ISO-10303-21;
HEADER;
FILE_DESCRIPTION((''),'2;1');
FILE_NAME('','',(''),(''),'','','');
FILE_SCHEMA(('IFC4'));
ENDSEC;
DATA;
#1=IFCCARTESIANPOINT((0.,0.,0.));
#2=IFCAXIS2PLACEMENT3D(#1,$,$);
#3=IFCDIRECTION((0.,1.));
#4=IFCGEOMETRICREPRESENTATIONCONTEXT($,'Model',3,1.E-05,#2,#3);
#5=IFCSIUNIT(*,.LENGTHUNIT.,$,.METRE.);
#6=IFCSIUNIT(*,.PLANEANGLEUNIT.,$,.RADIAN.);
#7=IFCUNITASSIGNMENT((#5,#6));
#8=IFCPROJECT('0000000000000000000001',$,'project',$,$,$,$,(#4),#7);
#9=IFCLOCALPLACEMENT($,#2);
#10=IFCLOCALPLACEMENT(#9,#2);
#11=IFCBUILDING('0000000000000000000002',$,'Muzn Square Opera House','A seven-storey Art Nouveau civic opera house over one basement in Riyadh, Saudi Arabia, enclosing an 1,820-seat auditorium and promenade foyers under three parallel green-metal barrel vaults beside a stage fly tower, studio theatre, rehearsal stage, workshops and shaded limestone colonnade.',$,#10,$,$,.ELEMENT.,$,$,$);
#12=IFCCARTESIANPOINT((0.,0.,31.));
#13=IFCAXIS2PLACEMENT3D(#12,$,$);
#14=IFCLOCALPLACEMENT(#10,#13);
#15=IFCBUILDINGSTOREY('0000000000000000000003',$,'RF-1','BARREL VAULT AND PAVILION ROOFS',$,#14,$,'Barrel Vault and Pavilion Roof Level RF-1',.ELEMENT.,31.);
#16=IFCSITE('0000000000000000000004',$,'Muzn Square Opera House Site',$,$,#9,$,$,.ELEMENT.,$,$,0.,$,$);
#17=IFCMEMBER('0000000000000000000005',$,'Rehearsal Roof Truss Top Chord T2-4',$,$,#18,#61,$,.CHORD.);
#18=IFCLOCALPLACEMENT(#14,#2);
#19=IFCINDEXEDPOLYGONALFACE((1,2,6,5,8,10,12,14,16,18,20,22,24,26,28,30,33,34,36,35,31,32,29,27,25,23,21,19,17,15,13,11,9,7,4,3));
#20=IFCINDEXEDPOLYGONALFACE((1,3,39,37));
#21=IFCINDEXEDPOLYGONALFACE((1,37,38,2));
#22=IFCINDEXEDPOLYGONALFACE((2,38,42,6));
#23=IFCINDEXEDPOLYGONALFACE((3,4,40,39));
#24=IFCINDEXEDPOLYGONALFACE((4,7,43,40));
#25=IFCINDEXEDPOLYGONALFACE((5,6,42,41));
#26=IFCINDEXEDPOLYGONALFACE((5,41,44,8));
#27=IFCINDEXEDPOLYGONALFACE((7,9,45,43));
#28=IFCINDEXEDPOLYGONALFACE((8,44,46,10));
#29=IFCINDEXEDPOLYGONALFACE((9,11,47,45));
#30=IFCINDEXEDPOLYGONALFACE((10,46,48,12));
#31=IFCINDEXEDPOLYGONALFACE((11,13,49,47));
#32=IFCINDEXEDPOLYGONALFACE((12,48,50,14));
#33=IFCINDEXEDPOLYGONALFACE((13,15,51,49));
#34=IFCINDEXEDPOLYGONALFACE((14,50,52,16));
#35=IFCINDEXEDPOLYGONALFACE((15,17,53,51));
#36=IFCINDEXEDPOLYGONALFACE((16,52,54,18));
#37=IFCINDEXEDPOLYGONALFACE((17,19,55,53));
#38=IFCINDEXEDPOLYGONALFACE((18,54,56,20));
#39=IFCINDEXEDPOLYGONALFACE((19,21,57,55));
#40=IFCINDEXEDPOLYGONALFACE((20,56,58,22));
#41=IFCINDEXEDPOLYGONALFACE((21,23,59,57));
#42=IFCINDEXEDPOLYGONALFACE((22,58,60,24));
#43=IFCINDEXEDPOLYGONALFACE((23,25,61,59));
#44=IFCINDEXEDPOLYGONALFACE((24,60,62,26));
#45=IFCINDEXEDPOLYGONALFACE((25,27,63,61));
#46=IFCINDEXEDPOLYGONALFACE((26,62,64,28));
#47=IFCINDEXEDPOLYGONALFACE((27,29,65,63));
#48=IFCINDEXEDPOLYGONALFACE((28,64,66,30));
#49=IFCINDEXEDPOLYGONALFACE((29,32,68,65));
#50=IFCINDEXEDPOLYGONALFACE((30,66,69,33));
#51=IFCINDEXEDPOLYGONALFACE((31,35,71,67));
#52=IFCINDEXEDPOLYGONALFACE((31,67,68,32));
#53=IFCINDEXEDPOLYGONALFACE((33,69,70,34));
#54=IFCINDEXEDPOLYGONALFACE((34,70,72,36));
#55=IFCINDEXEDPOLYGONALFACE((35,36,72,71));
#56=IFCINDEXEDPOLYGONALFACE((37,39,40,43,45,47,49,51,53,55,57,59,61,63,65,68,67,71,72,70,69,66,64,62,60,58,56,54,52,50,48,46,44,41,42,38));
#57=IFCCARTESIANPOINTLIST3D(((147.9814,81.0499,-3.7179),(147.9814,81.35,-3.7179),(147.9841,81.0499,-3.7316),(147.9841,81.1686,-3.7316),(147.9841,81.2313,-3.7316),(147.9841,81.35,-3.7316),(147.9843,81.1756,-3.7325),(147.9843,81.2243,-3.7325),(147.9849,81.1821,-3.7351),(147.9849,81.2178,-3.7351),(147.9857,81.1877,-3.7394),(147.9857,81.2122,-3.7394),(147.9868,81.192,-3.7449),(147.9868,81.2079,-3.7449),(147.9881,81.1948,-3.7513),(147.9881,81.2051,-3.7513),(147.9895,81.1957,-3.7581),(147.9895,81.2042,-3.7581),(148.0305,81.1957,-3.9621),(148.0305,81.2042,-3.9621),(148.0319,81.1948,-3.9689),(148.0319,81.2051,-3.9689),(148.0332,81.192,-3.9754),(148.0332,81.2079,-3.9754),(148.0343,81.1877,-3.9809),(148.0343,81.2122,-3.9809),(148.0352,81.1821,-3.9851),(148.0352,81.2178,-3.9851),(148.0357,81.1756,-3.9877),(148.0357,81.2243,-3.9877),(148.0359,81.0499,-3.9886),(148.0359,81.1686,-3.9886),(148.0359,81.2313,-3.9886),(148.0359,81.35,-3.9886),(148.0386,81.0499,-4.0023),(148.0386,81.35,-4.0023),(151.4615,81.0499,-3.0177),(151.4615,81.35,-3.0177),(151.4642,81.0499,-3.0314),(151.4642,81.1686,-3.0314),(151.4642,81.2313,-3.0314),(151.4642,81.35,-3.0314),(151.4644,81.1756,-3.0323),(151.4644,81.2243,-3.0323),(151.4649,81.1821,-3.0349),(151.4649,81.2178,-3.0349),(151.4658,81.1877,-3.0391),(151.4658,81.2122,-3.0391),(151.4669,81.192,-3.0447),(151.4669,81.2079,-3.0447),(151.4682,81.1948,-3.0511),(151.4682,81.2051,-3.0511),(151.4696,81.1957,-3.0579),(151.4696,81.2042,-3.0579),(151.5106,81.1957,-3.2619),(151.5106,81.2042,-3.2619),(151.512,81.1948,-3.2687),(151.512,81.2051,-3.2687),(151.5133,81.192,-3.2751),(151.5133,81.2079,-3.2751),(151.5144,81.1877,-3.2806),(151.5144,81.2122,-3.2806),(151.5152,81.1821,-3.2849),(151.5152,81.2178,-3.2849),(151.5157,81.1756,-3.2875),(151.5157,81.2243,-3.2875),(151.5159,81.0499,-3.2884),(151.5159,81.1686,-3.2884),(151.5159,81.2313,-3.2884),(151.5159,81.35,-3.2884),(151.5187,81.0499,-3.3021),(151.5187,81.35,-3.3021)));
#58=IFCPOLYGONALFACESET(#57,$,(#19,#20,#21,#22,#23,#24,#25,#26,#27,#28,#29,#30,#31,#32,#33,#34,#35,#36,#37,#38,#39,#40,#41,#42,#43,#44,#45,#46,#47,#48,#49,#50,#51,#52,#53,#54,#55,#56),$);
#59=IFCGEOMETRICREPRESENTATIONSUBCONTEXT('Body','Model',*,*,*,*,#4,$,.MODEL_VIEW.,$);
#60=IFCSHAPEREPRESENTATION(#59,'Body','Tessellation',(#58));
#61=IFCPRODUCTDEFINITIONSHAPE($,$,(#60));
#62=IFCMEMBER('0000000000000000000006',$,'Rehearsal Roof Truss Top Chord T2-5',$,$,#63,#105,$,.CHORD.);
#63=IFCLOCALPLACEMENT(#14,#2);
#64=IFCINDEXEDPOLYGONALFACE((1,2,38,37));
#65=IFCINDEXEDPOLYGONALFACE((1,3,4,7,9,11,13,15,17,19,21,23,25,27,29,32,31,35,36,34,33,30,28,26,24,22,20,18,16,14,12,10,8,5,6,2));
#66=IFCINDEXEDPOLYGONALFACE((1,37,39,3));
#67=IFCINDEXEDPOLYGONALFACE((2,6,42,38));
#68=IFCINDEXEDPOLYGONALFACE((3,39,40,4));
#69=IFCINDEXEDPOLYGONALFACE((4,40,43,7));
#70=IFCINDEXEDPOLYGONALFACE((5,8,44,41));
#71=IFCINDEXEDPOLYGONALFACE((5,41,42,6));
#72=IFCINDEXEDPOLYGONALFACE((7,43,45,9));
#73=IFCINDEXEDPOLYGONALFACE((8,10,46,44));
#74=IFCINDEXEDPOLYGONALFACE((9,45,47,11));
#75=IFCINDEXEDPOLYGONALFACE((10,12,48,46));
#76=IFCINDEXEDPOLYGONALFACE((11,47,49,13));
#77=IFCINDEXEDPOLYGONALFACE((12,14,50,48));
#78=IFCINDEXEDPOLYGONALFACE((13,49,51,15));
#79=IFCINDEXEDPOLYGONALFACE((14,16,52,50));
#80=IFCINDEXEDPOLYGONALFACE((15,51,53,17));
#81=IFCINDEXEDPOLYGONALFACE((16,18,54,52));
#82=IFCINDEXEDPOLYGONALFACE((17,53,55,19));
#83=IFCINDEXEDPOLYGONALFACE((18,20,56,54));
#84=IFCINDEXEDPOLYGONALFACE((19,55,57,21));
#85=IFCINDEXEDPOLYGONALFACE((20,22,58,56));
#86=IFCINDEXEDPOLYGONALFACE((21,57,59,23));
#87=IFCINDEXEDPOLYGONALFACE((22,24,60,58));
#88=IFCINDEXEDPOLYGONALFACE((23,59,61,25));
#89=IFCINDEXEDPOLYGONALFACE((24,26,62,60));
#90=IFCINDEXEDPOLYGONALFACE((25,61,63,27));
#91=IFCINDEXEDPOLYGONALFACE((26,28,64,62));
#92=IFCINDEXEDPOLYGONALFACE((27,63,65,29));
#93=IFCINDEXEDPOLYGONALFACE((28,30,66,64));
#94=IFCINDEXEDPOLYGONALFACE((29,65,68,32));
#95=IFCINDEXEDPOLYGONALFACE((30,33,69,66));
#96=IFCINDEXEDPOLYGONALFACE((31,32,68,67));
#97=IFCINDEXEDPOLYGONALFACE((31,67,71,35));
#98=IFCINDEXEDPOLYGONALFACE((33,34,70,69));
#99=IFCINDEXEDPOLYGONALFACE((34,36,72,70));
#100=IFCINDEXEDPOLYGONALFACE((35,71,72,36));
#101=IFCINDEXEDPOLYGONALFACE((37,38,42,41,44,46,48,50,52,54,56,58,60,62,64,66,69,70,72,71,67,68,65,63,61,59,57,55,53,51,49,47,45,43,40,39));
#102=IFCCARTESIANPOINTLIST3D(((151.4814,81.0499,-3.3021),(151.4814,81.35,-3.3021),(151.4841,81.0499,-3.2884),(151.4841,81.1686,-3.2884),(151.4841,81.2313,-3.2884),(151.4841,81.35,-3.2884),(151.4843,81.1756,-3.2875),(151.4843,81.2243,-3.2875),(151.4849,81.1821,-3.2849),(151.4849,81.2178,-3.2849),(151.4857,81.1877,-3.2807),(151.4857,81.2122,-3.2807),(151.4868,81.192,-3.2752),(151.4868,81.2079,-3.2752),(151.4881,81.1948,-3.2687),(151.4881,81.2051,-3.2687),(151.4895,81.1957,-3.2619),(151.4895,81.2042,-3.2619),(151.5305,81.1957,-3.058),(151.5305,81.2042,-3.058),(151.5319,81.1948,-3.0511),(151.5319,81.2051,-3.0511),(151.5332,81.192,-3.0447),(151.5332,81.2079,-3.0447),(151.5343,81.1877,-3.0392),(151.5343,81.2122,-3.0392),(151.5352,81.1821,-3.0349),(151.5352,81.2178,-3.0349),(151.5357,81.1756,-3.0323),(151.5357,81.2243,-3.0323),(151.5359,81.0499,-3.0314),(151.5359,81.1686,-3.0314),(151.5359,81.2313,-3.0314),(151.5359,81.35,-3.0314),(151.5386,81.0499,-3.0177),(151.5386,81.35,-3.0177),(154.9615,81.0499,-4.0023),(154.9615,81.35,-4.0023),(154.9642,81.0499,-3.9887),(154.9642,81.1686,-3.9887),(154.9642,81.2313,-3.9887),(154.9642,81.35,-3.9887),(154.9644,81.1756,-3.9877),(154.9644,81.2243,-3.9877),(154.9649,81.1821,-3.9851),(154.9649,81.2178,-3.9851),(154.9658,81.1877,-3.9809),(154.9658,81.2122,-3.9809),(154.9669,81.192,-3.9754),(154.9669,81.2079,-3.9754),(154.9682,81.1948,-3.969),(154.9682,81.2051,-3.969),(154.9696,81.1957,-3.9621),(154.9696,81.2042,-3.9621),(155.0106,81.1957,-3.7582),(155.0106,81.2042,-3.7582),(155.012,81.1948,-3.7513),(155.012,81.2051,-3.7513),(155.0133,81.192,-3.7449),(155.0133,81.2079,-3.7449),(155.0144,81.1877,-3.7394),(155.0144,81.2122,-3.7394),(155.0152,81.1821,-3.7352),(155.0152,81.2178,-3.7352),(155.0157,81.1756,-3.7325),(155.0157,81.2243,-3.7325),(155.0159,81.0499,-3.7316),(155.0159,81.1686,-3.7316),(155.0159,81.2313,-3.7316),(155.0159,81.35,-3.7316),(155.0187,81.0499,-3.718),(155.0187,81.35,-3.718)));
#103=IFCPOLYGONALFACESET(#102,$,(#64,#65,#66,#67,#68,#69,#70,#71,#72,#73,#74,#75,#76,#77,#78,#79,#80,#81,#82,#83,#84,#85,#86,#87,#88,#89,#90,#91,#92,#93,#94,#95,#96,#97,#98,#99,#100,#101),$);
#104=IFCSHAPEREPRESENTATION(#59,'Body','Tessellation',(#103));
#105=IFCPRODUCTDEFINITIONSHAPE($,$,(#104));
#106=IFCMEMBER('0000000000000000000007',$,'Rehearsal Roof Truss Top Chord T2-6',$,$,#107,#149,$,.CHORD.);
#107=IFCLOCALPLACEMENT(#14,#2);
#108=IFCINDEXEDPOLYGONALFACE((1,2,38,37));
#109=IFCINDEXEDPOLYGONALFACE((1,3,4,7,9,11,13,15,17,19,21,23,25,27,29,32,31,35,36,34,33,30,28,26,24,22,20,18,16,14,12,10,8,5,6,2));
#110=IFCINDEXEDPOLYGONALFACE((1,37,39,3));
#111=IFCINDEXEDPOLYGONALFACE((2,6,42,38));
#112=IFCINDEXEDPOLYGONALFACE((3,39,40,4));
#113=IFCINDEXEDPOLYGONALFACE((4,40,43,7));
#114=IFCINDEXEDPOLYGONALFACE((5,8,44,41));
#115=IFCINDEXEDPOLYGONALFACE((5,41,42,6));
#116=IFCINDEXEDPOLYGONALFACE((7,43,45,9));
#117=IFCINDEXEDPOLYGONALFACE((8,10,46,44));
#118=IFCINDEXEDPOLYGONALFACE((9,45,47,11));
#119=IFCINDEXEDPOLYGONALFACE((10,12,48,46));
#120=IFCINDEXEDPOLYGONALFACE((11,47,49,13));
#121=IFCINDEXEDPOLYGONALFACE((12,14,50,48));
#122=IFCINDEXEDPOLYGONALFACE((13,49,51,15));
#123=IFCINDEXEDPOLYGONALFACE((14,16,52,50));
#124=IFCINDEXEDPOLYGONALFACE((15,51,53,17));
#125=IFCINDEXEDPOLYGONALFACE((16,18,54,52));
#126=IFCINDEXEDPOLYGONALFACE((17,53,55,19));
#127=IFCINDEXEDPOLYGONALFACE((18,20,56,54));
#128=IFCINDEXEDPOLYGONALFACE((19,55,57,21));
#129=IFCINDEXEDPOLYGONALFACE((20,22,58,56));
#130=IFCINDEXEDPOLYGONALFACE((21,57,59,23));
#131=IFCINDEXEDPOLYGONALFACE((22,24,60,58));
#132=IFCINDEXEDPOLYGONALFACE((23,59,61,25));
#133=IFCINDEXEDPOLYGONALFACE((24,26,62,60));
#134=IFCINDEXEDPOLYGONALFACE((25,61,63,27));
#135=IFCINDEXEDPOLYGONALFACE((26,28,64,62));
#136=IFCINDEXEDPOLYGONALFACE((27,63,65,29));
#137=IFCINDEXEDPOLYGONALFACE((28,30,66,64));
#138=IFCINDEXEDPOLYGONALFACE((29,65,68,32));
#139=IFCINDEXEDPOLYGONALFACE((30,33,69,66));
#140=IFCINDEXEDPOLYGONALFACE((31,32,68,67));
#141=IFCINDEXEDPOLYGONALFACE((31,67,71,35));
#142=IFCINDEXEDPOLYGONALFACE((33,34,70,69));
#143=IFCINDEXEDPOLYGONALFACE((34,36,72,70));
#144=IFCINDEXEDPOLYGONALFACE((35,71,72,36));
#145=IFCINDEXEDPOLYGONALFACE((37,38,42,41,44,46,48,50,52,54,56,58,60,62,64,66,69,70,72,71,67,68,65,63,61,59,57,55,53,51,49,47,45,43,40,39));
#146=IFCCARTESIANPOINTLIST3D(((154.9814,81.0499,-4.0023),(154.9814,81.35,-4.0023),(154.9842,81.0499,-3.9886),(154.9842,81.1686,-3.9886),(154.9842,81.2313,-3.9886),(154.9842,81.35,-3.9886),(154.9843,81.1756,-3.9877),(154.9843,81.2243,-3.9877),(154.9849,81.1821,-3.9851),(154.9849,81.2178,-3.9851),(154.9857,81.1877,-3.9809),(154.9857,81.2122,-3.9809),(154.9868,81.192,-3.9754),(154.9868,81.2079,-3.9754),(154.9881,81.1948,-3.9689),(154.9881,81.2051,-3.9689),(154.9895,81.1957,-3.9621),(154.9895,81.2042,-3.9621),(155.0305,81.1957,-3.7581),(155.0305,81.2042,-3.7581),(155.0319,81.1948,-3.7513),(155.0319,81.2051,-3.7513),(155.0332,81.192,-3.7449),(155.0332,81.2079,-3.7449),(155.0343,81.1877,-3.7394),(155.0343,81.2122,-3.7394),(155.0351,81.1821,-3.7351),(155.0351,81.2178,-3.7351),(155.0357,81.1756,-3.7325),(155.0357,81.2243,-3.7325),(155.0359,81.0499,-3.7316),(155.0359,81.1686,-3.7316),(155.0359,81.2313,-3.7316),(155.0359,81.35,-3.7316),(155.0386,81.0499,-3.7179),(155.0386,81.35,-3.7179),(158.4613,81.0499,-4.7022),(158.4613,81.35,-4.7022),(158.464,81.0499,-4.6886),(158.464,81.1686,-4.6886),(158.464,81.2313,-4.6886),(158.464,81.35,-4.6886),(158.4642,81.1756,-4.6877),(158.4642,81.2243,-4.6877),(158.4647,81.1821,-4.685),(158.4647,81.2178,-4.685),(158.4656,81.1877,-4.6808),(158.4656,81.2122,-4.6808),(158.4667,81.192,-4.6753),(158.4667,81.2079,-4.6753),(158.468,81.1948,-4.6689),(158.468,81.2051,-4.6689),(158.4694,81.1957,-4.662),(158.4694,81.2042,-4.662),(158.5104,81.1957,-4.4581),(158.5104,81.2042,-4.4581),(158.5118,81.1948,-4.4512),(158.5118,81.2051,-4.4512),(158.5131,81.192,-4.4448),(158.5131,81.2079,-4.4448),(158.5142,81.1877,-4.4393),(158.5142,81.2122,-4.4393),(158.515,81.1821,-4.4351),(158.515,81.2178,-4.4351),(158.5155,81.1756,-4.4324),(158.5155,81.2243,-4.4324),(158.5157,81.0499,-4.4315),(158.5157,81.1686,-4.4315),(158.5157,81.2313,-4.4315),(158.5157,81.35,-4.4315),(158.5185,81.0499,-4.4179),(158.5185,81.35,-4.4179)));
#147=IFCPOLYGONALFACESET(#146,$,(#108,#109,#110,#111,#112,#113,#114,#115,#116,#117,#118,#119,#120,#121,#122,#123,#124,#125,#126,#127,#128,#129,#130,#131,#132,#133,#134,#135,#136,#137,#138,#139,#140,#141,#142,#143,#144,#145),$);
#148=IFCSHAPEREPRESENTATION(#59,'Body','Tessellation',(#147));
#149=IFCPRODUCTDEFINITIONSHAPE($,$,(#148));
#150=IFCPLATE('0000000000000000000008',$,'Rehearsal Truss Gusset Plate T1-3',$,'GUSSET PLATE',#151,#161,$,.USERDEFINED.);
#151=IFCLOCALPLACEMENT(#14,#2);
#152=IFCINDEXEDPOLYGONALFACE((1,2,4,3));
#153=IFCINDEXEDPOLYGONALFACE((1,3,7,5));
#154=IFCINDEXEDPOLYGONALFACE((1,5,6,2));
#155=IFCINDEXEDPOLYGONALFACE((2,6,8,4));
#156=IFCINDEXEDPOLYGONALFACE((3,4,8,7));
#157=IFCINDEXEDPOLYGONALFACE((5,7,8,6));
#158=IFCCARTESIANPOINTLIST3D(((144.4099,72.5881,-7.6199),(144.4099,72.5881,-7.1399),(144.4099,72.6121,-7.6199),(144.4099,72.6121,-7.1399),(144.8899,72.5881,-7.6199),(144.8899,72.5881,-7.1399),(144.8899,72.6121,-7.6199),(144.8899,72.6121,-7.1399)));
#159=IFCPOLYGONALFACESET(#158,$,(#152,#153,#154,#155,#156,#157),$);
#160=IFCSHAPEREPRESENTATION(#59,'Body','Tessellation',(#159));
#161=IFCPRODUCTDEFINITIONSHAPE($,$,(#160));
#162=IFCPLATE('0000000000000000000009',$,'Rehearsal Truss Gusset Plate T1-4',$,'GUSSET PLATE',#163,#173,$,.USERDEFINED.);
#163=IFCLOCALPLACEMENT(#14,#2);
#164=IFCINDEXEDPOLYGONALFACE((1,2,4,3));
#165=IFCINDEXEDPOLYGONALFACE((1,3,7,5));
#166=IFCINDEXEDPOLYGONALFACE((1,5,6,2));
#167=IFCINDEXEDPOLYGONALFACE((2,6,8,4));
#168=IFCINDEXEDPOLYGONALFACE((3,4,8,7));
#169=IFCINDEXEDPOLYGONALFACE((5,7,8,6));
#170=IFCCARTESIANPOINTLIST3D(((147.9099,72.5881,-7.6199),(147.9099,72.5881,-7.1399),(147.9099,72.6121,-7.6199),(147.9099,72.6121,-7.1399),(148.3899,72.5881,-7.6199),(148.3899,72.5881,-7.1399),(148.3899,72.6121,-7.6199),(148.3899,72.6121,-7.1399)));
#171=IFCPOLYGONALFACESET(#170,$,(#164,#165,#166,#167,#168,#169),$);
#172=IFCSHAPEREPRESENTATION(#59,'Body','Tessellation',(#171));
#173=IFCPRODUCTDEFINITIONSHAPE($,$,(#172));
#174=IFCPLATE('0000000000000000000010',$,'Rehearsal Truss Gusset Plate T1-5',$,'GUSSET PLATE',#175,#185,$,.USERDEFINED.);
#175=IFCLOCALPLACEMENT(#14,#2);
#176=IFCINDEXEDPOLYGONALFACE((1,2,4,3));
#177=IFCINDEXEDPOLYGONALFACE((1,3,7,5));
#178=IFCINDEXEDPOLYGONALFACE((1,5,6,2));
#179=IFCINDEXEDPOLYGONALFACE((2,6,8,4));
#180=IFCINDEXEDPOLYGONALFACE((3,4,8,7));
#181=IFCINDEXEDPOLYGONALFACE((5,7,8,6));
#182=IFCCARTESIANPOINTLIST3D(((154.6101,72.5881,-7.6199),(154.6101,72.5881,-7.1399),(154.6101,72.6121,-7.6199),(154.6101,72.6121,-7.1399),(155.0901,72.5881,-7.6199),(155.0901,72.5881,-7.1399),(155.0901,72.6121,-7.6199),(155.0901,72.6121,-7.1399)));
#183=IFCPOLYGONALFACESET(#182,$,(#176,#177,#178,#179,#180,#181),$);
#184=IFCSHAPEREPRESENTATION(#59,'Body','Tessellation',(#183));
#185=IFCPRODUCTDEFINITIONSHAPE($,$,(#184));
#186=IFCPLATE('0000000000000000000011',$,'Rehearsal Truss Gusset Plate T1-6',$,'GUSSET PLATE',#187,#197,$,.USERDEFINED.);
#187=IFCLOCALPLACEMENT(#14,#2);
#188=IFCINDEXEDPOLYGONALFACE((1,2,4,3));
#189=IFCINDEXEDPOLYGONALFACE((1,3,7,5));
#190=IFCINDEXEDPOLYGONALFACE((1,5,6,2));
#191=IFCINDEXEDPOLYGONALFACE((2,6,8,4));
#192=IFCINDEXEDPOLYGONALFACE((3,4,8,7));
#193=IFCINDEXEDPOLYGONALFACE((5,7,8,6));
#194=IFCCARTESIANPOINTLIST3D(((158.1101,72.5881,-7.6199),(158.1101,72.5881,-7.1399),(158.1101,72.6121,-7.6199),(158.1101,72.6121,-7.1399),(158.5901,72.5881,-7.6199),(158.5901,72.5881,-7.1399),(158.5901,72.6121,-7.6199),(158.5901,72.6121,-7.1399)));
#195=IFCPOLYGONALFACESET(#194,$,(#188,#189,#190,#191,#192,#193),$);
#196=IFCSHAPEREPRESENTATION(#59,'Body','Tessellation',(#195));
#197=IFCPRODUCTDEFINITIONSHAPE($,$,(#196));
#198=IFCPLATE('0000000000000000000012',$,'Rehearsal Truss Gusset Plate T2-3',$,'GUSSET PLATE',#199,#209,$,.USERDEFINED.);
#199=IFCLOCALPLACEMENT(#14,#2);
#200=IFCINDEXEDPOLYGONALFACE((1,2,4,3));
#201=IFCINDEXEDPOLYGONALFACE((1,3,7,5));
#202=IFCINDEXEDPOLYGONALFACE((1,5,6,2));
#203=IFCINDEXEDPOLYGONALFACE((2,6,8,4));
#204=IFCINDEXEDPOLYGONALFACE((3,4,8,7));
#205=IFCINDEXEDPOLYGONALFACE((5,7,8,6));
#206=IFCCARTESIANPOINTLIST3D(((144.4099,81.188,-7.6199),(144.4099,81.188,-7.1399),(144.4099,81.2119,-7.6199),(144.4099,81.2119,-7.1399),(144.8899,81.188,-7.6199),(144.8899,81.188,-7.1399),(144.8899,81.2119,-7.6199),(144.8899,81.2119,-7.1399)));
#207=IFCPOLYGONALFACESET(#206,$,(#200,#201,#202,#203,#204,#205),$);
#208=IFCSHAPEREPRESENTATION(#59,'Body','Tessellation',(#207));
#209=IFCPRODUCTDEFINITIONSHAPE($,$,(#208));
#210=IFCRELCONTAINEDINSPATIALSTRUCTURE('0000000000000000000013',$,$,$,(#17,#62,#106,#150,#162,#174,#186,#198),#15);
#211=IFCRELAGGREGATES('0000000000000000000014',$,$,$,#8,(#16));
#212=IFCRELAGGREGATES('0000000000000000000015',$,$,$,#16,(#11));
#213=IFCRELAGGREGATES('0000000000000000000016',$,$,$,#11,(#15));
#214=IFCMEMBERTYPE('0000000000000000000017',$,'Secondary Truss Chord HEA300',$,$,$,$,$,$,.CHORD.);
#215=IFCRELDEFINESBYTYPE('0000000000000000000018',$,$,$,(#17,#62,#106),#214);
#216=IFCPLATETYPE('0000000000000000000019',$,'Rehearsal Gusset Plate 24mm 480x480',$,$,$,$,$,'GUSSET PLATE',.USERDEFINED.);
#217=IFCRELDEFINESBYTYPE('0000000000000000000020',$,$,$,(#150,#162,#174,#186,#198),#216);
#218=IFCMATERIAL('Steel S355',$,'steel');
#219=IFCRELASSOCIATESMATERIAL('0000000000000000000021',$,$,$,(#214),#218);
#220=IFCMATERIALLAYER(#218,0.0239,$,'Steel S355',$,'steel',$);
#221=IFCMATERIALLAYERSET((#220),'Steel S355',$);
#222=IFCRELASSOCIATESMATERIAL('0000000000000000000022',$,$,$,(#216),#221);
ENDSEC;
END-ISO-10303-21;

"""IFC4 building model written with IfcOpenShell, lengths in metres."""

from ifc_helpers import new_model, si_unit, direction, frame, origin, origin_2d, place, context, subcontext, project, spatial, rectangle, i_section, extrude, material, layer, layer_set, material_profile, profile_set, type_object, element, save


model = new_model("IFC4")

# Units and contexts
model_context = context("Model", 3, precision=1e-05, world=origin(), true_north=direction((0.0, 1.0)))
body_context = subcontext(model_context, "Body", "Model", "MODEL_VIEW")
ifc_project = project(units=[si_unit("LENGTHUNIT", "METRE"), si_unit("PLANEANGLEUNIT", "RADIAN")], contexts=[model_context])

# Site, building, storey
site_placement = place(None, origin())
site = spatial("IfcSite", under=ifc_project, at=site_placement, Name="Muzn Square Opera House Site", CompositionType="ELEMENT", RefElevation=0.0)
building_placement = place(site_placement, origin())
building = spatial("IfcBuilding", under=site, at=building_placement, Name="Muzn Square Opera House", Description="A seven-storey Art Nouveau civic opera house over one basement in Riyadh, Saudi Arabia, enclosing an 1,820-seat auditorium and promenade foyers under three parallel green-metal barrel vaults beside a stage fly tower, studio theatre, rehearsal stage, workshops and shaded limestone colonnade.", CompositionType="ELEMENT")
storey_placement = place(building_placement, frame((0.0, 0.0, 31.0)))
storey = spatial("IfcBuildingStorey", under=building, at=storey_placement, Name="RF-1", Description="BARREL VAULT AND PAVILION ROOFS", LongName="Barrel Vault and Pavilion Roof Level RF-1", CompositionType="ELEMENT", Elevation=31.0)

# Members
ifc_material_1 = material(Name="Steel S355", Category="steel")
ifc_material_profile_1 = material_profile(ifc_material_1, i_section(OverallWidth=0.3, OverallDepth=0.29, WebThickness=0.0085, FlangeThickness=0.0139, FilletRadius=0.0271, at=origin_2d()), Name="HEA 300", Category="steel")
ifc_profile_set_1 = profile_set([ifc_material_profile_1], Name="Steel S355")
member_type_1 = type_object("IfcMemberType", Name="Secondary Truss Chord HEA300", PredefinedType="CHORD", material=ifc_profile_set_1)
for number, where, z_axis, x_axis, name in (
    (1, (148.01, 81.2, -3.8601), (0.980353, 0.0, 0.197253), (0.0, 1.0, 0.0), "Rehearsal Roof Truss Top Chord T2-4"),
    (2, (151.51, 81.2, -3.1599), (0.980353, 0.0, -0.197253), (0.0, 1.0, 0.0), "Rehearsal Roof Truss Top Chord T2-5"),
):
    element("IfcMember", number, at=place(storey_placement, frame(where, z_axis=z_axis, x_axis=x_axis)), inside=storey, type_object=member_type_1, Name=name, PredefinedType="CHORD", context=body_context, shape_type="SweptSolid", body=[
        extrude(i_section(OverallWidth=0.3, OverallDepth=0.29, WebThickness=0.0085, FlangeThickness=0.0139, FilletRadius=0.0271, at=origin_2d()), origin(), (0.0, 0.0, 1.0), 3.5498),
    ])
member_1_placement = place(storey_placement, frame((155.01, 81.2, -3.8601), z_axis=(0.980366, 0.0, -0.197187), x_axis=(0.0, 1.0, 0.0)))
element("IfcMember", 3, at=member_1_placement, inside=storey, type_object=member_type_1, Name="Rehearsal Roof Truss Top Chord T2-6", PredefinedType="CHORD", context=body_context, shape_type="SweptSolid", body=[
    extrude(i_section(OverallWidth=0.3, OverallDepth=0.29, WebThickness=0.0085, FlangeThickness=0.0139, FilletRadius=0.0271, at=origin_2d()), origin(), (0.0, 0.0, 1.0), 3.5496),
])

# Plates
ifc_layer_1 = layer(ifc_material_1, 0.0239, Name="Steel S355", Category="steel")
ifc_layer_set_1 = layer_set([ifc_layer_1], Name="Steel S355")
plate_type = type_object("IfcPlateType", Name="Rehearsal Gusset Plate 24mm 480x480", ElementType="GUSSET PLATE", PredefinedType="USERDEFINED", material=ifc_layer_set_1)
for number, where, z_axis, x_axis, name in (
    (4, (144.6499, 72.6001, -7.6199), (0.0, 0.0, 1.0), (1.0, 0.0, 0.0), "Rehearsal Truss Gusset Plate T1-3"),
    (5, (148.1499, 72.6001, -7.6199), (0.0, 0.0, 1.0), (1.0, 0.0, 0.0), "Rehearsal Truss Gusset Plate T1-4"),
    (6, (154.8501, 72.6001, -7.6199), (0.0, 0.0, 1.0), (1.0, 0.0, 0.0), "Rehearsal Truss Gusset Plate T1-5"),
    (7, (158.3501, 72.6001, -7.6199), (0.0, 0.0, 1.0), (1.0, 0.0, 0.0), "Rehearsal Truss Gusset Plate T1-6"),
    (8, (144.6499, 81.2, -7.6199), (0.0, 0.0, 1.0), (1.0, 0.0, 0.0), "Rehearsal Truss Gusset Plate T2-3"),
):
    element("IfcPlate", number, at=place(storey_placement, frame(where, z_axis=z_axis, x_axis=x_axis)), inside=storey, type_object=plate_type, Name=name, ObjectType="GUSSET PLATE", PredefinedType="USERDEFINED", context=body_context, shape_type="SweptSolid", body=[
        extrude(rectangle(XDim=0.48, YDim=0.0239, at=origin_2d()), origin(), (0.0, 0.0, 1.0), 0.48),
    ])

save(model, "model.ifc")
